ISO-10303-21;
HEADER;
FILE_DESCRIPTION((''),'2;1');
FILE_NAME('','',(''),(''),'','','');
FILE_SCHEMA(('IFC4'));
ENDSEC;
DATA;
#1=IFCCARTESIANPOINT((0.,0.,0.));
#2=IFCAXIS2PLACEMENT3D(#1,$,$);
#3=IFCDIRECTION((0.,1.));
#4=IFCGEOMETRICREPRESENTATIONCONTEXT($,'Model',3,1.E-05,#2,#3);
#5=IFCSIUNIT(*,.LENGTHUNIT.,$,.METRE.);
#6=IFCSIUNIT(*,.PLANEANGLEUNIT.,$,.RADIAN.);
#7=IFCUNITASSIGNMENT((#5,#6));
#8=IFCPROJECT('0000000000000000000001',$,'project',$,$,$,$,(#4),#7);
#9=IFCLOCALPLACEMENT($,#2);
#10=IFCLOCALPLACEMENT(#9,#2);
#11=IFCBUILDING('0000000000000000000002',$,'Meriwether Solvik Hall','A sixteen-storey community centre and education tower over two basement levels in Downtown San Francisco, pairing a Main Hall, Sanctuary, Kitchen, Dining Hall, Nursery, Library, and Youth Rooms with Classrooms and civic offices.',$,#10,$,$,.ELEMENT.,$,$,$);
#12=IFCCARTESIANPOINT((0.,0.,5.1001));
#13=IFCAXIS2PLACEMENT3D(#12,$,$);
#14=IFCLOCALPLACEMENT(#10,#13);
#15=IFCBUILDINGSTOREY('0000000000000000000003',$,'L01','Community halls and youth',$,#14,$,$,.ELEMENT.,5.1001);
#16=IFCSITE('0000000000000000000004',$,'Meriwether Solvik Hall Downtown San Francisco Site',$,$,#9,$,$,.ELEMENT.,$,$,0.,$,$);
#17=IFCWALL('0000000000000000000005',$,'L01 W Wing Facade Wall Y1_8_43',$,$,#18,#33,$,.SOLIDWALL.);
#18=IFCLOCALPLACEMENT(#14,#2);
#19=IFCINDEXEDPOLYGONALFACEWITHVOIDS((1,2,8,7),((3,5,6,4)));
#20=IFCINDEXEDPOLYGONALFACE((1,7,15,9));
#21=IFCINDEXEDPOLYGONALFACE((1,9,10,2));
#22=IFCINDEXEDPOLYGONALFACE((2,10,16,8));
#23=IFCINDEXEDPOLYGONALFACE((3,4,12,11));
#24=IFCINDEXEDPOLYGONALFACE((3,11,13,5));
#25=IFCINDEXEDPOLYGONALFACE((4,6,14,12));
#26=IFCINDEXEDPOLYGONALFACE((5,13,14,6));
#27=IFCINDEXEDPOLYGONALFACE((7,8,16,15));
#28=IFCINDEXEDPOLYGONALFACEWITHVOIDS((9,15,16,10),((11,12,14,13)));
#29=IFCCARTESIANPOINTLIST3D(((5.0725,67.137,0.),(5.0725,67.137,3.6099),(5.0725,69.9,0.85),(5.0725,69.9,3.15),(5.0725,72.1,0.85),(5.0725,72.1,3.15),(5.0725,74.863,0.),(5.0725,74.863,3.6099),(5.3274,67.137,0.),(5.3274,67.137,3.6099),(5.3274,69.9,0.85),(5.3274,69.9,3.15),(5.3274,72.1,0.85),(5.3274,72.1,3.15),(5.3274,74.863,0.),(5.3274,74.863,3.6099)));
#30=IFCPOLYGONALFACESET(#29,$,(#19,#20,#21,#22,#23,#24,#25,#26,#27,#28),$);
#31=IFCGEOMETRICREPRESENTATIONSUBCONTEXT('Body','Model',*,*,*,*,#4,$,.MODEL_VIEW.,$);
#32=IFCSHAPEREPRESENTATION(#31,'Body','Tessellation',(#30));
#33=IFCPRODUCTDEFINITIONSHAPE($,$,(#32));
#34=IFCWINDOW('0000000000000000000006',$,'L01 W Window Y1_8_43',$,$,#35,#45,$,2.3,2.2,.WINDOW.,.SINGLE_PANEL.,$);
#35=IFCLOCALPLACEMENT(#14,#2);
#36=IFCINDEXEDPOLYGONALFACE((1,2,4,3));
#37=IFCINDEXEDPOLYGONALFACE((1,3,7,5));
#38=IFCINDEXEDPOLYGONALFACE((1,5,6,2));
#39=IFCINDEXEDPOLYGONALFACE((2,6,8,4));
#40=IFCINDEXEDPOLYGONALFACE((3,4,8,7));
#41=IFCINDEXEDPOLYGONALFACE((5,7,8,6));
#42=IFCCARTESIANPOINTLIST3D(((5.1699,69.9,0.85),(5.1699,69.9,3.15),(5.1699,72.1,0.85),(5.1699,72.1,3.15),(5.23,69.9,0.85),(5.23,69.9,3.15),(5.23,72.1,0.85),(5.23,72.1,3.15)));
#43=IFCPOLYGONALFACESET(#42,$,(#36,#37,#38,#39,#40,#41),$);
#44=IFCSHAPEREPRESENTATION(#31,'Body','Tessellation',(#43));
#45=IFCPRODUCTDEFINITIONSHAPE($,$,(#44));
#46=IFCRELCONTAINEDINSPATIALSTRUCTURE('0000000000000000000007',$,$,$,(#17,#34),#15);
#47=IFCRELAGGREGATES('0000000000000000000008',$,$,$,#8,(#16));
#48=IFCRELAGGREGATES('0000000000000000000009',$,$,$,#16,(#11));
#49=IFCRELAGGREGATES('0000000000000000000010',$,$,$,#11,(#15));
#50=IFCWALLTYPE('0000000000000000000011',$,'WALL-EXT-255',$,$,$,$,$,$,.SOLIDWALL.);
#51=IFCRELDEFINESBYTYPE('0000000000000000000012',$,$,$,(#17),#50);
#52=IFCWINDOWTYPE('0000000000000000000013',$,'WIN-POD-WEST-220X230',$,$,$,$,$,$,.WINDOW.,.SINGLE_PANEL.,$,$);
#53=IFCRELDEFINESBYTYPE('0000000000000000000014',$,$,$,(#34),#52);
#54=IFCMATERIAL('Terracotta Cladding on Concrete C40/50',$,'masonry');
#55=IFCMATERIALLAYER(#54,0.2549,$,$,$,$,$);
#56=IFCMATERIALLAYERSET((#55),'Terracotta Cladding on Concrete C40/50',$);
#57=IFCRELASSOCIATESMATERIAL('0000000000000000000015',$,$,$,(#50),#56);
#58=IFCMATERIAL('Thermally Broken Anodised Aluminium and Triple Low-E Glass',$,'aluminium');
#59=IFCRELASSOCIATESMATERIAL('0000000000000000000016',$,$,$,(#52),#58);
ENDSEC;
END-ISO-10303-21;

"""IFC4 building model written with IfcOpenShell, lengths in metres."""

from ifc_helpers import new_model, si_unit, direction, frame, frame_2d, origin, place, context, subcontext, project, spatial, rectangle, extrude, material, layer, layer_set, type_object, element, fill, save


model = new_model("IFC4")

# Units and contexts
model_context = context("Model", 3, precision=1e-05, world=origin(), true_north=direction((0.0, 1.0)))
body_context = subcontext(model_context, "Body", "Model", "MODEL_VIEW")
ifc_project = project(units=[si_unit("LENGTHUNIT", "METRE"), si_unit("PLANEANGLEUNIT", "RADIAN")], contexts=[model_context])

# Site, building, storey
site_placement = place(None, origin())
site = spatial("IfcSite", under=ifc_project, at=site_placement, Name="Meriwether Solvik Hall Downtown San Francisco Site", CompositionType="ELEMENT", RefElevation=0.0)
building_placement = place(site_placement, origin())
building = spatial("IfcBuilding", under=site, at=building_placement, Name="Meriwether Solvik Hall", Description="A sixteen-storey community centre and education tower over two basement levels in Downtown San Francisco, pairing a Main Hall, Sanctuary, Kitchen, Dining Hall, Nursery, Library, and Youth Rooms with Classrooms and civic offices.", CompositionType="ELEMENT")
storey_placement = place(building_placement, frame((0.0, 0.0, 5.1001)))
storey = spatial("IfcBuildingStorey", under=building, at=storey_placement, Name="L01", Description="Community halls and youth", CompositionType="ELEMENT", Elevation=5.1001)

# Wall, opening, window
ifc_material_1 = material(Name="Terracotta Cladding on Concrete C40/50", Category="masonry")
ifc_layer_1 = layer(ifc_material_1, 0.2549)
ifc_layer_set_1 = layer_set([ifc_layer_1], Name="Terracotta Cladding on Concrete C40/50")
wall_type_1 = type_object("IfcWallType", Name="WALL-EXT-255", PredefinedType="SOLIDWALL", material=ifc_layer_set_1)
ifc_material_2 = material(Name="Thermally Broken Anodised Aluminium and Triple Low-E Glass", Category="aluminium")
window_type_1 = type_object("IfcWindowType", Name="WIN-POD-WEST-220X230", PartitioningType="SINGLE_PANEL", PredefinedType="WINDOW", material=ifc_material_2)
wall_1_placement = place(storey_placement, frame((5.2, 67.137, 0.0), z_axis=(0.0, 0.0, 1.0), x_axis=(0.0, 1.0, 0.0)))
wall_1 = element("IfcWall", 1, at=wall_1_placement, inside=storey, type_object=wall_type_1, Name="L01 W Wing Facade Wall Y1_8_43", PredefinedType="SOLIDWALL", context=body_context, shape_type="SweptSolid", body=[
    extrude(rectangle(XDim=7.7261, YDim=0.2549, at=frame_2d((3.863, 0.0))), origin(), (0.0, 0.0, 1.0), 3.6099),
])
opening_1_placement = place(wall_1_placement, frame((2.7629, 0.0, 0.8501)))
opening_1 = element("IfcOpeningElement", 2, at=opening_1_placement, cuts=wall_1, PredefinedType="OPENING", context=body_context, shape_type="SweptSolid", body=[
    extrude(rectangle(XDim=2.2, YDim=2.3, at=frame_2d((1.1001, 1.1499))), frame((0.0, 0.1394, 0.0), z_axis=(0.0, -1.0, 0.0), x_axis=(1.0, 0.0, 0.0)), (0.0, 0.0, 1.0), 0.2788),
])
window_1_placement = place(opening_1_placement, origin())
window_1 = element("IfcWindow", 3, at=window_1_placement, inside=storey, type_object=window_type_1, Name="L01 W Window Y1_8_43", OverallHeight=2.3, OverallWidth=2.2, PartitioningType="SINGLE_PANEL", PredefinedType="WINDOW", context=body_context, shape_type="SweptSolid", body=[
    extrude(rectangle(XDim=2.2, YDim=2.3, at=frame_2d((1.1001, 1.1499))), frame((0.0, 0.03, 0.0), z_axis=(0.0, -1.0, 0.0), x_axis=(1.0, 0.0, 0.0)), (0.0, 0.0, 1.0), 0.0601),
])
fill(opening_1, window_1)

save(model, "model.ifc")
